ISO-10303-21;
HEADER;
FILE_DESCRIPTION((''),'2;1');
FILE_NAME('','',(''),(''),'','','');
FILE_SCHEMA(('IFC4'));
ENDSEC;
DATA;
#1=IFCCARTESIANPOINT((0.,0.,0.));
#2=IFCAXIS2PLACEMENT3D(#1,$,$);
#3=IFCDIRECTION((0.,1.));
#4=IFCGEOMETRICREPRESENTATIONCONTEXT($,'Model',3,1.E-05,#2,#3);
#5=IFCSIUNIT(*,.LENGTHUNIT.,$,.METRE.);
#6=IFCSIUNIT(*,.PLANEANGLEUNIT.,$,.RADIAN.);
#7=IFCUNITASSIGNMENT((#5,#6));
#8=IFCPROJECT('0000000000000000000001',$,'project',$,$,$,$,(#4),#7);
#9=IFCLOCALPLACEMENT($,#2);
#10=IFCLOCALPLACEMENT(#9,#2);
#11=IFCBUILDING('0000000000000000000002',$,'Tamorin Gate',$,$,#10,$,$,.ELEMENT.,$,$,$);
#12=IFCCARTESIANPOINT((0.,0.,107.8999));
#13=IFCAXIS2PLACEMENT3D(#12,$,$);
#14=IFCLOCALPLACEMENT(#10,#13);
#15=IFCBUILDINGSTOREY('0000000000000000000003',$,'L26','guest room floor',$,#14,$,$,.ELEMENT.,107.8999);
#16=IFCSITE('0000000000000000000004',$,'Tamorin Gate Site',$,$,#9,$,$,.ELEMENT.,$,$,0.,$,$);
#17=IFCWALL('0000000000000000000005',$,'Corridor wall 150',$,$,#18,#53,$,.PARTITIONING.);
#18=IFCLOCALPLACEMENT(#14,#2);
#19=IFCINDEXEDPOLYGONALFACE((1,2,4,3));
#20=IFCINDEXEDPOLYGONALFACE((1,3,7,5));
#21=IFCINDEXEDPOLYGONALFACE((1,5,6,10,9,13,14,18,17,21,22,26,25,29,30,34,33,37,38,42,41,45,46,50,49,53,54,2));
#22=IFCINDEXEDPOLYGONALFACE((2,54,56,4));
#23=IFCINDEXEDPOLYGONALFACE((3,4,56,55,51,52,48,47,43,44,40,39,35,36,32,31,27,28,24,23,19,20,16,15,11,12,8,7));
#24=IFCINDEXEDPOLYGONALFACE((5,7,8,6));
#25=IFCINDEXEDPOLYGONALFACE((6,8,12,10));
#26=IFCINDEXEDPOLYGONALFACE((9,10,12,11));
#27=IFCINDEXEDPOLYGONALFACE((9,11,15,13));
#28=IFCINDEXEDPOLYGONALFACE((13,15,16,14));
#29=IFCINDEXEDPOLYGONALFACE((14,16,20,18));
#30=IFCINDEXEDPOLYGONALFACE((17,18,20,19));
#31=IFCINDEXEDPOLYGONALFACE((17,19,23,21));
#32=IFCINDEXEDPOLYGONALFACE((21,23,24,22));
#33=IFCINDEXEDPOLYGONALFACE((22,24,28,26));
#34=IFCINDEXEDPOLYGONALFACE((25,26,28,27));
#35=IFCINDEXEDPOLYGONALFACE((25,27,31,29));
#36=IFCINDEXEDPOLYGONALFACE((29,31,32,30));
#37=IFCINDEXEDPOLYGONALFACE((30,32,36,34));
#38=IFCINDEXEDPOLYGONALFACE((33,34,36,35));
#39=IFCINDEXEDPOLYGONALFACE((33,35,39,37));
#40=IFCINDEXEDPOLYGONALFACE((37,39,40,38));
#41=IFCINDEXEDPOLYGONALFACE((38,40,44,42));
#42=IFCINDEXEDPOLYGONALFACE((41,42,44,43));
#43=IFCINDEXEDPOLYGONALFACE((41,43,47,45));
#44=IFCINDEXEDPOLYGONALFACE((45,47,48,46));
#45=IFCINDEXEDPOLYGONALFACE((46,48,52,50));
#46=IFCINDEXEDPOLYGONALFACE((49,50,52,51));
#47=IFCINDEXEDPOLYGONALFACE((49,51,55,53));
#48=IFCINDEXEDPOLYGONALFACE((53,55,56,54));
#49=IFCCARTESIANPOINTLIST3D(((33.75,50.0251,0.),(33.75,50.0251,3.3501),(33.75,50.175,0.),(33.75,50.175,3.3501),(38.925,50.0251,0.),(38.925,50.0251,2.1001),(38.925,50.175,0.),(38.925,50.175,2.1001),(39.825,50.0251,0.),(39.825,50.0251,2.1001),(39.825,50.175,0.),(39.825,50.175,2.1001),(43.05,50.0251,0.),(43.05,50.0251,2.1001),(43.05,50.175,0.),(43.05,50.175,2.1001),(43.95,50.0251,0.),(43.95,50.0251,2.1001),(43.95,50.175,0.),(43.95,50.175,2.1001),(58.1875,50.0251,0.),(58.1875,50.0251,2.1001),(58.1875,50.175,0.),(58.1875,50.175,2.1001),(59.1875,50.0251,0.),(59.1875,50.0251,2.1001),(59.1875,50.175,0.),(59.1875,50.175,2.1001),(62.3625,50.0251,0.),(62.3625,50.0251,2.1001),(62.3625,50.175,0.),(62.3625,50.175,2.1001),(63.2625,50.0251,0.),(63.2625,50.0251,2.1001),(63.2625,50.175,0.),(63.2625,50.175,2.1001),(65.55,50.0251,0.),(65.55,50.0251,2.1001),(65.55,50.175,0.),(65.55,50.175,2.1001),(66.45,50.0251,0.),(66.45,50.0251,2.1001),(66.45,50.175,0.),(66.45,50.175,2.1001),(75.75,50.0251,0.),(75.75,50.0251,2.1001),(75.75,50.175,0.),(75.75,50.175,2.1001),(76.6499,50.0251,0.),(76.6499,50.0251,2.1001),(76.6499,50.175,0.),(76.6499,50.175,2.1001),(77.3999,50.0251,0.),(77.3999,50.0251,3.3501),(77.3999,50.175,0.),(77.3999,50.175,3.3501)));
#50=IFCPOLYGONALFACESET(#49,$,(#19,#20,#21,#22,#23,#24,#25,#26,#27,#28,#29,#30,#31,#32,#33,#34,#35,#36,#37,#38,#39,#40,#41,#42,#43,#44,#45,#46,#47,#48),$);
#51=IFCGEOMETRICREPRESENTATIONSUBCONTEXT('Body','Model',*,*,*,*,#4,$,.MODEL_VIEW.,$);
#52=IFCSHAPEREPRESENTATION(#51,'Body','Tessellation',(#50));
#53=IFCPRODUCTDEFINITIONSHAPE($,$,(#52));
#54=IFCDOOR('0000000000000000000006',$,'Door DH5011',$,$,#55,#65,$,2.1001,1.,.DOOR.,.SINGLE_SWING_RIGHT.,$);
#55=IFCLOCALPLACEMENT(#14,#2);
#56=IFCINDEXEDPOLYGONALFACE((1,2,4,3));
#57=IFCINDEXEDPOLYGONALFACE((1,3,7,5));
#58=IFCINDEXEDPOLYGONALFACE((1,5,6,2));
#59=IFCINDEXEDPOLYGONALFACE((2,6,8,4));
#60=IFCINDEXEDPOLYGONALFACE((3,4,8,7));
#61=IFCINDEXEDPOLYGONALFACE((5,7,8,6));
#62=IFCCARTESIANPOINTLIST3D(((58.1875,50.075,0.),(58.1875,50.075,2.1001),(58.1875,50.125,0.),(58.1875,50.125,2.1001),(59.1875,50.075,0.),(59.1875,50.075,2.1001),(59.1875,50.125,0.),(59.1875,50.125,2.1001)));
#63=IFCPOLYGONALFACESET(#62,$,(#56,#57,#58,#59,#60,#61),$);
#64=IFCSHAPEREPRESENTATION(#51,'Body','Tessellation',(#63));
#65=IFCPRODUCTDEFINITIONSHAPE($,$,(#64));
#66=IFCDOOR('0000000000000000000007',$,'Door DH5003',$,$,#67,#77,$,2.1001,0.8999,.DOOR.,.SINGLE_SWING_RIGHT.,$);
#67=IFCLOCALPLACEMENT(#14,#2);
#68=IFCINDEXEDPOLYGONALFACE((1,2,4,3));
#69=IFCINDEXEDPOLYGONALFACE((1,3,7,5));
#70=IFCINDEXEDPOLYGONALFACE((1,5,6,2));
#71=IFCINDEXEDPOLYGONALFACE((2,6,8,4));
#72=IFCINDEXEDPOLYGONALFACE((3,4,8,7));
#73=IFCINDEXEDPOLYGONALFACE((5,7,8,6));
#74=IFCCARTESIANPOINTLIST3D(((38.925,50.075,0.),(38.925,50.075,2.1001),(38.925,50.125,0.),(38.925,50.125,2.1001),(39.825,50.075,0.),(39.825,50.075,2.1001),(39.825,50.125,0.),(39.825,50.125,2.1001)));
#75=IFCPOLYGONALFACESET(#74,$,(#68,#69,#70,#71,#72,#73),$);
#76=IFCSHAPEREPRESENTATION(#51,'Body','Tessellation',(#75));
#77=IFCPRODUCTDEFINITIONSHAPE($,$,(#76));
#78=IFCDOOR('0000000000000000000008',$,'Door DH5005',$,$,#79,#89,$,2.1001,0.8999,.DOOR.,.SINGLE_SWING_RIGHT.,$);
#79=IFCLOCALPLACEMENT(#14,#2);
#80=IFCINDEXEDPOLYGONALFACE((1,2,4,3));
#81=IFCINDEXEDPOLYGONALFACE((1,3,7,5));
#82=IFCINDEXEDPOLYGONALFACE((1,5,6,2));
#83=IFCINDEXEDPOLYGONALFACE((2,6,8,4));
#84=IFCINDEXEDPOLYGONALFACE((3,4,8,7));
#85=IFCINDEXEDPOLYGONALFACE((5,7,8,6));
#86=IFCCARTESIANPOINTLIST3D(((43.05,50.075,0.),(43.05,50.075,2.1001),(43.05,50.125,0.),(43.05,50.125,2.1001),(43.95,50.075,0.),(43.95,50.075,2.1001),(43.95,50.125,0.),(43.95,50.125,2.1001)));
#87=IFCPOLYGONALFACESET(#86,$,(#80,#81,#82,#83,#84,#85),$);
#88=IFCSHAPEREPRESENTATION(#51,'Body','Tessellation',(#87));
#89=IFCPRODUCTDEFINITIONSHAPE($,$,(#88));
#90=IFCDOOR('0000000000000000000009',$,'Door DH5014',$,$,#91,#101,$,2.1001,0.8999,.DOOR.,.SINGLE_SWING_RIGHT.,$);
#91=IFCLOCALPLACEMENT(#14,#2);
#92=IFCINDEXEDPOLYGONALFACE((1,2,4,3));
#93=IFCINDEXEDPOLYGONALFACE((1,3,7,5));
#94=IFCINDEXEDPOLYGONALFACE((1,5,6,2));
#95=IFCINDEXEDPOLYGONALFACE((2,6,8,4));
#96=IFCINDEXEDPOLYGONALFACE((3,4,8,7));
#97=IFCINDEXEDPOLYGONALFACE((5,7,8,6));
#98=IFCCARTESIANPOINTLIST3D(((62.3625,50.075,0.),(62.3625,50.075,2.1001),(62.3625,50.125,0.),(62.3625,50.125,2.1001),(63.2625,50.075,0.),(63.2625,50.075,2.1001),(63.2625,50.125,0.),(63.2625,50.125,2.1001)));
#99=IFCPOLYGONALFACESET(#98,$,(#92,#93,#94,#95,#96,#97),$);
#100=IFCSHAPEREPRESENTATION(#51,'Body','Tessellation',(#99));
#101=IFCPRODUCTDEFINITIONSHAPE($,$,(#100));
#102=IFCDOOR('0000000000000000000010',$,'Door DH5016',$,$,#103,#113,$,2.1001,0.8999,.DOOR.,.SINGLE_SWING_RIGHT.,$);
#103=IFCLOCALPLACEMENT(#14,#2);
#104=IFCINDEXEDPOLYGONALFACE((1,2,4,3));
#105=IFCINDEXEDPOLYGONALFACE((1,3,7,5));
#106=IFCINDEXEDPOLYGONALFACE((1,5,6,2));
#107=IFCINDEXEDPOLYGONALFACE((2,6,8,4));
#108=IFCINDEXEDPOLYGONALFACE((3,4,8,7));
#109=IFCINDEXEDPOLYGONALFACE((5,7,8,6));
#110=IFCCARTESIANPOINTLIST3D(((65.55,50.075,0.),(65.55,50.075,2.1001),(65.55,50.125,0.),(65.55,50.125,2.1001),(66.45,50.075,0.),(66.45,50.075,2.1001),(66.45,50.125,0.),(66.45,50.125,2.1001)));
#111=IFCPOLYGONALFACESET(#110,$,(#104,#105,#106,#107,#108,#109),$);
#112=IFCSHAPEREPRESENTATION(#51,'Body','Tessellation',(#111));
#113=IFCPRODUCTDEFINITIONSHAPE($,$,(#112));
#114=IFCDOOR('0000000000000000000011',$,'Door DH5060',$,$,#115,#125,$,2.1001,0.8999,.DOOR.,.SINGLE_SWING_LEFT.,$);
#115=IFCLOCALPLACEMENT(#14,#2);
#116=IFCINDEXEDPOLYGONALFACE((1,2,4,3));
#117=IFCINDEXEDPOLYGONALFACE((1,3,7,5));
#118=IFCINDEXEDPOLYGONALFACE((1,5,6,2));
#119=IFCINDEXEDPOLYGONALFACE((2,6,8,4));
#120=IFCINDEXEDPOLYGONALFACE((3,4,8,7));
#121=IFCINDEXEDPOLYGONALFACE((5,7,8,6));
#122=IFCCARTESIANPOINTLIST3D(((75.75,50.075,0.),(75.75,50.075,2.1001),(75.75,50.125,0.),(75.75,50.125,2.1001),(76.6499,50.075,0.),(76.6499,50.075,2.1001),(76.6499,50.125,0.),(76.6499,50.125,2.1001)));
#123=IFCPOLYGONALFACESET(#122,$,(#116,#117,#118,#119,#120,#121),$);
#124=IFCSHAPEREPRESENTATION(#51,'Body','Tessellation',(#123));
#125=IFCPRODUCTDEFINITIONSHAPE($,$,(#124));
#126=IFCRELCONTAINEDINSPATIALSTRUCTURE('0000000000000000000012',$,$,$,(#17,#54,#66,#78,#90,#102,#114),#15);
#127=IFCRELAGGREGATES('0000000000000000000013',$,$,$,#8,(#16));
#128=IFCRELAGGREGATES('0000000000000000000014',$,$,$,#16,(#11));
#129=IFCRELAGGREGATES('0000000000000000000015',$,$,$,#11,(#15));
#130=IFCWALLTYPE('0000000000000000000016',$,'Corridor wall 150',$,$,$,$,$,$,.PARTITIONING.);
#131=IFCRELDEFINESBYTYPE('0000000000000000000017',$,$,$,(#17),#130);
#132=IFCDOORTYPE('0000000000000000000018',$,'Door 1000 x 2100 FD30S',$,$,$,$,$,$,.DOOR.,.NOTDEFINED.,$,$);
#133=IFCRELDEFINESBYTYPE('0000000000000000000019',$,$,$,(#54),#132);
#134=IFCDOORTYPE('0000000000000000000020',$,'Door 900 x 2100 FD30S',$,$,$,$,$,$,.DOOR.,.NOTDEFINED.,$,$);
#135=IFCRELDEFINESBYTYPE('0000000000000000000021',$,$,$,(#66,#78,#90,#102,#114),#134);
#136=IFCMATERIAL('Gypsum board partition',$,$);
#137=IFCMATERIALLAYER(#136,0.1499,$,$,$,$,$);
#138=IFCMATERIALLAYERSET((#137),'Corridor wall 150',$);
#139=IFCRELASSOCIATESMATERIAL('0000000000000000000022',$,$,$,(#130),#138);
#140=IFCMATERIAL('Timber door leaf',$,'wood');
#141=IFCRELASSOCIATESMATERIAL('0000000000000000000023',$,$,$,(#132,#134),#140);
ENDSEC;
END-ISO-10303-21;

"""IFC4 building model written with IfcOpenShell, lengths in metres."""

from ifc_helpers import new_model, si_unit, direction, frame, frame_2d, origin, place, context, subcontext, project, spatial, rectangle, extrude, material, layer, layer_set, type_object, element, fill, save


model = new_model("IFC4")

# Units and contexts
model_context = context("Model", 3, precision=1e-05, world=origin(), true_north=direction((0.0, 1.0)))
body_context = subcontext(model_context, "Body", "Model", "MODEL_VIEW")
ifc_project = project(units=[si_unit("LENGTHUNIT", "METRE"), si_unit("PLANEANGLEUNIT", "RADIAN")], contexts=[model_context])

# Site, building, storey
site_placement = place(None, origin())
site = spatial("IfcSite", under=ifc_project, at=site_placement, Name="Tamorin Gate Site", CompositionType="ELEMENT", RefElevation=0.0)
building_placement = place(site_placement, origin())
building = spatial("IfcBuilding", under=site, at=building_placement, Name="Tamorin Gate", CompositionType="ELEMENT")
storey_placement = place(building_placement, frame((0.0, 0.0, 107.8999)))
storey = spatial("IfcBuildingStorey", under=building, at=storey_placement, Name="L26", Description="guest room floor", CompositionType="ELEMENT", Elevation=107.8999)

# Wall, openings, doors
ifc_material_1 = material(Name="Gypsum board partition")
ifc_layer_1 = layer(ifc_material_1, 0.1499)
ifc_layer_set_1 = layer_set([ifc_layer_1], Name="Corridor wall 150")
wall_type_1 = type_object("IfcWallType", Name="Corridor wall 150", PredefinedType="PARTITIONING", material=ifc_layer_set_1)
wall_1_placement = place(storey_placement, frame((33.75, 50.1001, 0.0), z_axis=(0.0, 0.0, 1.0), x_axis=(1.0, 0.0, 0.0)))
wall_1 = element("IfcWall", 1, at=wall_1_placement, inside=storey, type_object=wall_type_1, Name="Corridor wall 150", PredefinedType="PARTITIONING", context=body_context, shape_type="SweptSolid", body=[
    extrude(rectangle(XDim=43.6499, YDim=0.1499, at=frame_2d((21.825, 0.0))), origin(), (0.0, 0.0, 1.0), 3.3501),
])
opening_1_placement = place(wall_1_placement, frame((5.175, 0.0, 0.0)))
opening_1 = element("IfcOpeningElement", 2, at=opening_1_placement, cuts=wall_1, PredefinedType="OPENING", context=body_context, shape_type="SweptSolid", body=[
    extrude(rectangle(XDim=0.8999, YDim=2.1001, at=frame_2d((0.45, 1.05))), frame((0.0, 0.085, 0.0), z_axis=(0.0, -1.0, 0.0), x_axis=(1.0, 0.0, 0.0)), (0.0, 0.0, 1.0), 0.1699),
])
opening_2_placement = place(wall_1_placement, frame((9.3, 0.0, 0.0)))
opening_2 = element("IfcOpeningElement", 3, at=opening_2_placement, cuts=wall_1, PredefinedType="OPENING", context=body_context, shape_type="SweptSolid", body=[
    extrude(rectangle(XDim=0.8999, YDim=2.1001, at=frame_2d((0.45, 1.05))), frame((0.0, 0.085, 0.0), z_axis=(0.0, -1.0, 0.0), x_axis=(1.0, 0.0, 0.0)), (0.0, 0.0, 1.0), 0.1699),
])
opening_3_placement = place(wall_1_placement, frame((24.4375, 0.0, 0.0)))
opening_3 = element("IfcOpeningElement", 4, at=opening_3_placement, cuts=wall_1, PredefinedType="OPENING", context=body_context, shape_type="SweptSolid", body=[
    extrude(rectangle(XDim=1.0, YDim=2.1001, at=frame_2d((0.5, 1.05))), frame((0.0, 0.085, 0.0), z_axis=(0.0, -1.0, 0.0), x_axis=(1.0, 0.0, 0.0)), (0.0, 0.0, 1.0), 0.1699),
])
opening_4_placement = place(wall_1_placement, frame((28.6125, 0.0, 0.0)))
opening_4 = element("IfcOpeningElement", 5, at=opening_4_placement, cuts=wall_1, PredefinedType="OPENING", context=body_context, shape_type="SweptSolid", body=[
    extrude(rectangle(XDim=0.8999, YDim=2.1001, at=frame_2d((0.45, 1.05))), frame((0.0, 0.085, 0.0), z_axis=(0.0, -1.0, 0.0), x_axis=(1.0, 0.0, 0.0)), (0.0, 0.0, 1.0), 0.1699),
])
opening_5_placement = place(wall_1_placement, frame((31.8, 0.0, 0.0)))
opening_5 = element("IfcOpeningElement", 6, at=opening_5_placement, cuts=wall_1, PredefinedType="OPENING", context=body_context, shape_type="SweptSolid", body=[
    extrude(rectangle(XDim=0.8999, YDim=2.1001, at=frame_2d((0.45, 1.05))), frame((0.0, 0.085, 0.0), z_axis=(0.0, -1.0, 0.0), x_axis=(1.0, 0.0, 0.0)), (0.0, 0.0, 1.0), 0.1699),
])
opening_6_placement = place(wall_1_placement, frame((42.0, 0.0, 0.0)))
opening_6 = element("IfcOpeningElement", 7, at=opening_6_placement, cuts=wall_1, PredefinedType="OPENING", context=body_context, shape_type="SweptSolid", body=[
    extrude(rectangle(XDim=0.8999, YDim=2.1001, at=frame_2d((0.45, 1.05))), frame((0.0, 0.085, 0.0), z_axis=(0.0, -1.0, 0.0), x_axis=(1.0, 0.0, 0.0)), (0.0, 0.0, 1.0), 0.1699),
])
ifc_material_2 = material(Name="Timber door leaf", Category="wood")
door_type_1 = type_object("IfcDoorType", Name="Door 1000 x 2100 FD30S", OperationType="NOTDEFINED", PredefinedType="DOOR", material=ifc_material_2)
door_1_placement = place(opening_3_placement, origin())
door_1 = element("IfcDoor", 8, at=door_1_placement, inside=storey, type_object=door_type_1, Name="Door DH5011", OperationType="SINGLE_SWING_RIGHT", OverallHeight=2.1001, OverallWidth=1.0, PredefinedType="DOOR", context=body_context, shape_type="SweptSolid", body=[
    extrude(rectangle(XDim=1.0, YDim=2.1001, at=frame_2d((0.5, 1.05))), frame((0.0, 0.0249, 0.0), z_axis=(0.0, -1.0, 0.0), x_axis=(1.0, 0.0, 0.0)), (0.0, 0.0, 1.0), 0.05),
])
fill(opening_3, door_1)
door_type_2 = type_object("IfcDoorType", Name="Door 900 x 2100 FD30S", OperationType="NOTDEFINED", PredefinedType="DOOR", material=ifc_material_2)
door_2_placement = place(opening_1_placement, origin())
door_2 = element("IfcDoor", 9, at=door_2_placement, inside=storey, type_object=door_type_2, Name="Door DH5003", OperationType="SINGLE_SWING_RIGHT", OverallHeight=2.1001, OverallWidth=0.8999, PredefinedType="DOOR", context=body_context, shape_type="SweptSolid", body=[
    extrude(rectangle(XDim=0.8999, YDim=2.1001, at=frame_2d((0.45, 1.05))), frame((0.0, 0.0249, 0.0), z_axis=(0.0, -1.0, 0.0), x_axis=(1.0, 0.0, 0.0)), (0.0, 0.0, 1.0), 0.05),
])
fill(opening_1, door_2)
door_3_placement = place(opening_2_placement, origin())
door_3 = element("IfcDoor", 10, at=door_3_placement, inside=storey, type_object=door_type_2, Name="Door DH5005", OperationType="SINGLE_SWING_RIGHT", OverallHeight=2.1001, OverallWidth=0.8999, PredefinedType="DOOR", context=body_context, shape_type="SweptSolid", body=[
    extrude(rectangle(XDim=0.8999, YDim=2.1001, at=frame_2d((0.45, 1.05))), frame((0.0, 0.0249, 0.0), z_axis=(0.0, -1.0, 0.0), x_axis=(1.0, 0.0, 0.0)), (0.0, 0.0, 1.0), 0.05),
])
fill(opening_2, door_3)
door_4_placement = place(opening_4_placement, origin())
door_4 = element("IfcDoor", 11, at=door_4_placement, inside=storey, type_object=door_type_2, Name="Door DH5014", OperationType="SINGLE_SWING_RIGHT", OverallHeight=2.1001, OverallWidth=0.8999, PredefinedType="DOOR", context=body_context, shape_type="SweptSolid", body=[
    extrude(rectangle(XDim=0.8999, YDim=2.1001, at=frame_2d((0.45, 1.05))), frame((0.0, 0.0249, 0.0), z_axis=(0.0, -1.0, 0.0), x_axis=(1.0, 0.0, 0.0)), (0.0, 0.0, 1.0), 0.05),
])
fill(opening_4, door_4)
door_5_placement = place(opening_5_placement, origin())
door_5 = element("IfcDoor", 12, at=door_5_placement, inside=storey, type_object=door_type_2, Name="Door DH5016", OperationType="SINGLE_SWING_RIGHT", OverallHeight=2.1001, OverallWidth=0.8999, PredefinedType="DOOR", context=body_context, shape_type="SweptSolid", body=[
    extrude(rectangle(XDim=0.8999, YDim=2.1001, at=frame_2d((0.45, 1.05))), frame((0.0, 0.0249, 0.0), z_axis=(0.0, -1.0, 0.0), x_axis=(1.0, 0.0, 0.0)), (0.0, 0.0, 1.0), 0.05),
])
fill(opening_5, door_5)
door_6_placement = place(opening_6_placement, origin())
door_6 = element("IfcDoor", 13, at=door_6_placement, inside=storey, type_object=door_type_2, Name="Door DH5060", OperationType="SINGLE_SWING_LEFT", OverallHeight=2.1001, OverallWidth=0.8999, PredefinedType="DOOR", context=body_context, shape_type="SweptSolid", body=[
    extrude(rectangle(XDim=0.8999, YDim=2.1001, at=frame_2d((0.45, 1.05))), frame((0.0, 0.0249, 0.0), z_axis=(0.0, -1.0, 0.0), x_axis=(1.0, 0.0, 0.0)), (0.0, 0.0, 1.0), 0.05),
])
fill(opening_6, door_6)

save(model, "model.ifc")
